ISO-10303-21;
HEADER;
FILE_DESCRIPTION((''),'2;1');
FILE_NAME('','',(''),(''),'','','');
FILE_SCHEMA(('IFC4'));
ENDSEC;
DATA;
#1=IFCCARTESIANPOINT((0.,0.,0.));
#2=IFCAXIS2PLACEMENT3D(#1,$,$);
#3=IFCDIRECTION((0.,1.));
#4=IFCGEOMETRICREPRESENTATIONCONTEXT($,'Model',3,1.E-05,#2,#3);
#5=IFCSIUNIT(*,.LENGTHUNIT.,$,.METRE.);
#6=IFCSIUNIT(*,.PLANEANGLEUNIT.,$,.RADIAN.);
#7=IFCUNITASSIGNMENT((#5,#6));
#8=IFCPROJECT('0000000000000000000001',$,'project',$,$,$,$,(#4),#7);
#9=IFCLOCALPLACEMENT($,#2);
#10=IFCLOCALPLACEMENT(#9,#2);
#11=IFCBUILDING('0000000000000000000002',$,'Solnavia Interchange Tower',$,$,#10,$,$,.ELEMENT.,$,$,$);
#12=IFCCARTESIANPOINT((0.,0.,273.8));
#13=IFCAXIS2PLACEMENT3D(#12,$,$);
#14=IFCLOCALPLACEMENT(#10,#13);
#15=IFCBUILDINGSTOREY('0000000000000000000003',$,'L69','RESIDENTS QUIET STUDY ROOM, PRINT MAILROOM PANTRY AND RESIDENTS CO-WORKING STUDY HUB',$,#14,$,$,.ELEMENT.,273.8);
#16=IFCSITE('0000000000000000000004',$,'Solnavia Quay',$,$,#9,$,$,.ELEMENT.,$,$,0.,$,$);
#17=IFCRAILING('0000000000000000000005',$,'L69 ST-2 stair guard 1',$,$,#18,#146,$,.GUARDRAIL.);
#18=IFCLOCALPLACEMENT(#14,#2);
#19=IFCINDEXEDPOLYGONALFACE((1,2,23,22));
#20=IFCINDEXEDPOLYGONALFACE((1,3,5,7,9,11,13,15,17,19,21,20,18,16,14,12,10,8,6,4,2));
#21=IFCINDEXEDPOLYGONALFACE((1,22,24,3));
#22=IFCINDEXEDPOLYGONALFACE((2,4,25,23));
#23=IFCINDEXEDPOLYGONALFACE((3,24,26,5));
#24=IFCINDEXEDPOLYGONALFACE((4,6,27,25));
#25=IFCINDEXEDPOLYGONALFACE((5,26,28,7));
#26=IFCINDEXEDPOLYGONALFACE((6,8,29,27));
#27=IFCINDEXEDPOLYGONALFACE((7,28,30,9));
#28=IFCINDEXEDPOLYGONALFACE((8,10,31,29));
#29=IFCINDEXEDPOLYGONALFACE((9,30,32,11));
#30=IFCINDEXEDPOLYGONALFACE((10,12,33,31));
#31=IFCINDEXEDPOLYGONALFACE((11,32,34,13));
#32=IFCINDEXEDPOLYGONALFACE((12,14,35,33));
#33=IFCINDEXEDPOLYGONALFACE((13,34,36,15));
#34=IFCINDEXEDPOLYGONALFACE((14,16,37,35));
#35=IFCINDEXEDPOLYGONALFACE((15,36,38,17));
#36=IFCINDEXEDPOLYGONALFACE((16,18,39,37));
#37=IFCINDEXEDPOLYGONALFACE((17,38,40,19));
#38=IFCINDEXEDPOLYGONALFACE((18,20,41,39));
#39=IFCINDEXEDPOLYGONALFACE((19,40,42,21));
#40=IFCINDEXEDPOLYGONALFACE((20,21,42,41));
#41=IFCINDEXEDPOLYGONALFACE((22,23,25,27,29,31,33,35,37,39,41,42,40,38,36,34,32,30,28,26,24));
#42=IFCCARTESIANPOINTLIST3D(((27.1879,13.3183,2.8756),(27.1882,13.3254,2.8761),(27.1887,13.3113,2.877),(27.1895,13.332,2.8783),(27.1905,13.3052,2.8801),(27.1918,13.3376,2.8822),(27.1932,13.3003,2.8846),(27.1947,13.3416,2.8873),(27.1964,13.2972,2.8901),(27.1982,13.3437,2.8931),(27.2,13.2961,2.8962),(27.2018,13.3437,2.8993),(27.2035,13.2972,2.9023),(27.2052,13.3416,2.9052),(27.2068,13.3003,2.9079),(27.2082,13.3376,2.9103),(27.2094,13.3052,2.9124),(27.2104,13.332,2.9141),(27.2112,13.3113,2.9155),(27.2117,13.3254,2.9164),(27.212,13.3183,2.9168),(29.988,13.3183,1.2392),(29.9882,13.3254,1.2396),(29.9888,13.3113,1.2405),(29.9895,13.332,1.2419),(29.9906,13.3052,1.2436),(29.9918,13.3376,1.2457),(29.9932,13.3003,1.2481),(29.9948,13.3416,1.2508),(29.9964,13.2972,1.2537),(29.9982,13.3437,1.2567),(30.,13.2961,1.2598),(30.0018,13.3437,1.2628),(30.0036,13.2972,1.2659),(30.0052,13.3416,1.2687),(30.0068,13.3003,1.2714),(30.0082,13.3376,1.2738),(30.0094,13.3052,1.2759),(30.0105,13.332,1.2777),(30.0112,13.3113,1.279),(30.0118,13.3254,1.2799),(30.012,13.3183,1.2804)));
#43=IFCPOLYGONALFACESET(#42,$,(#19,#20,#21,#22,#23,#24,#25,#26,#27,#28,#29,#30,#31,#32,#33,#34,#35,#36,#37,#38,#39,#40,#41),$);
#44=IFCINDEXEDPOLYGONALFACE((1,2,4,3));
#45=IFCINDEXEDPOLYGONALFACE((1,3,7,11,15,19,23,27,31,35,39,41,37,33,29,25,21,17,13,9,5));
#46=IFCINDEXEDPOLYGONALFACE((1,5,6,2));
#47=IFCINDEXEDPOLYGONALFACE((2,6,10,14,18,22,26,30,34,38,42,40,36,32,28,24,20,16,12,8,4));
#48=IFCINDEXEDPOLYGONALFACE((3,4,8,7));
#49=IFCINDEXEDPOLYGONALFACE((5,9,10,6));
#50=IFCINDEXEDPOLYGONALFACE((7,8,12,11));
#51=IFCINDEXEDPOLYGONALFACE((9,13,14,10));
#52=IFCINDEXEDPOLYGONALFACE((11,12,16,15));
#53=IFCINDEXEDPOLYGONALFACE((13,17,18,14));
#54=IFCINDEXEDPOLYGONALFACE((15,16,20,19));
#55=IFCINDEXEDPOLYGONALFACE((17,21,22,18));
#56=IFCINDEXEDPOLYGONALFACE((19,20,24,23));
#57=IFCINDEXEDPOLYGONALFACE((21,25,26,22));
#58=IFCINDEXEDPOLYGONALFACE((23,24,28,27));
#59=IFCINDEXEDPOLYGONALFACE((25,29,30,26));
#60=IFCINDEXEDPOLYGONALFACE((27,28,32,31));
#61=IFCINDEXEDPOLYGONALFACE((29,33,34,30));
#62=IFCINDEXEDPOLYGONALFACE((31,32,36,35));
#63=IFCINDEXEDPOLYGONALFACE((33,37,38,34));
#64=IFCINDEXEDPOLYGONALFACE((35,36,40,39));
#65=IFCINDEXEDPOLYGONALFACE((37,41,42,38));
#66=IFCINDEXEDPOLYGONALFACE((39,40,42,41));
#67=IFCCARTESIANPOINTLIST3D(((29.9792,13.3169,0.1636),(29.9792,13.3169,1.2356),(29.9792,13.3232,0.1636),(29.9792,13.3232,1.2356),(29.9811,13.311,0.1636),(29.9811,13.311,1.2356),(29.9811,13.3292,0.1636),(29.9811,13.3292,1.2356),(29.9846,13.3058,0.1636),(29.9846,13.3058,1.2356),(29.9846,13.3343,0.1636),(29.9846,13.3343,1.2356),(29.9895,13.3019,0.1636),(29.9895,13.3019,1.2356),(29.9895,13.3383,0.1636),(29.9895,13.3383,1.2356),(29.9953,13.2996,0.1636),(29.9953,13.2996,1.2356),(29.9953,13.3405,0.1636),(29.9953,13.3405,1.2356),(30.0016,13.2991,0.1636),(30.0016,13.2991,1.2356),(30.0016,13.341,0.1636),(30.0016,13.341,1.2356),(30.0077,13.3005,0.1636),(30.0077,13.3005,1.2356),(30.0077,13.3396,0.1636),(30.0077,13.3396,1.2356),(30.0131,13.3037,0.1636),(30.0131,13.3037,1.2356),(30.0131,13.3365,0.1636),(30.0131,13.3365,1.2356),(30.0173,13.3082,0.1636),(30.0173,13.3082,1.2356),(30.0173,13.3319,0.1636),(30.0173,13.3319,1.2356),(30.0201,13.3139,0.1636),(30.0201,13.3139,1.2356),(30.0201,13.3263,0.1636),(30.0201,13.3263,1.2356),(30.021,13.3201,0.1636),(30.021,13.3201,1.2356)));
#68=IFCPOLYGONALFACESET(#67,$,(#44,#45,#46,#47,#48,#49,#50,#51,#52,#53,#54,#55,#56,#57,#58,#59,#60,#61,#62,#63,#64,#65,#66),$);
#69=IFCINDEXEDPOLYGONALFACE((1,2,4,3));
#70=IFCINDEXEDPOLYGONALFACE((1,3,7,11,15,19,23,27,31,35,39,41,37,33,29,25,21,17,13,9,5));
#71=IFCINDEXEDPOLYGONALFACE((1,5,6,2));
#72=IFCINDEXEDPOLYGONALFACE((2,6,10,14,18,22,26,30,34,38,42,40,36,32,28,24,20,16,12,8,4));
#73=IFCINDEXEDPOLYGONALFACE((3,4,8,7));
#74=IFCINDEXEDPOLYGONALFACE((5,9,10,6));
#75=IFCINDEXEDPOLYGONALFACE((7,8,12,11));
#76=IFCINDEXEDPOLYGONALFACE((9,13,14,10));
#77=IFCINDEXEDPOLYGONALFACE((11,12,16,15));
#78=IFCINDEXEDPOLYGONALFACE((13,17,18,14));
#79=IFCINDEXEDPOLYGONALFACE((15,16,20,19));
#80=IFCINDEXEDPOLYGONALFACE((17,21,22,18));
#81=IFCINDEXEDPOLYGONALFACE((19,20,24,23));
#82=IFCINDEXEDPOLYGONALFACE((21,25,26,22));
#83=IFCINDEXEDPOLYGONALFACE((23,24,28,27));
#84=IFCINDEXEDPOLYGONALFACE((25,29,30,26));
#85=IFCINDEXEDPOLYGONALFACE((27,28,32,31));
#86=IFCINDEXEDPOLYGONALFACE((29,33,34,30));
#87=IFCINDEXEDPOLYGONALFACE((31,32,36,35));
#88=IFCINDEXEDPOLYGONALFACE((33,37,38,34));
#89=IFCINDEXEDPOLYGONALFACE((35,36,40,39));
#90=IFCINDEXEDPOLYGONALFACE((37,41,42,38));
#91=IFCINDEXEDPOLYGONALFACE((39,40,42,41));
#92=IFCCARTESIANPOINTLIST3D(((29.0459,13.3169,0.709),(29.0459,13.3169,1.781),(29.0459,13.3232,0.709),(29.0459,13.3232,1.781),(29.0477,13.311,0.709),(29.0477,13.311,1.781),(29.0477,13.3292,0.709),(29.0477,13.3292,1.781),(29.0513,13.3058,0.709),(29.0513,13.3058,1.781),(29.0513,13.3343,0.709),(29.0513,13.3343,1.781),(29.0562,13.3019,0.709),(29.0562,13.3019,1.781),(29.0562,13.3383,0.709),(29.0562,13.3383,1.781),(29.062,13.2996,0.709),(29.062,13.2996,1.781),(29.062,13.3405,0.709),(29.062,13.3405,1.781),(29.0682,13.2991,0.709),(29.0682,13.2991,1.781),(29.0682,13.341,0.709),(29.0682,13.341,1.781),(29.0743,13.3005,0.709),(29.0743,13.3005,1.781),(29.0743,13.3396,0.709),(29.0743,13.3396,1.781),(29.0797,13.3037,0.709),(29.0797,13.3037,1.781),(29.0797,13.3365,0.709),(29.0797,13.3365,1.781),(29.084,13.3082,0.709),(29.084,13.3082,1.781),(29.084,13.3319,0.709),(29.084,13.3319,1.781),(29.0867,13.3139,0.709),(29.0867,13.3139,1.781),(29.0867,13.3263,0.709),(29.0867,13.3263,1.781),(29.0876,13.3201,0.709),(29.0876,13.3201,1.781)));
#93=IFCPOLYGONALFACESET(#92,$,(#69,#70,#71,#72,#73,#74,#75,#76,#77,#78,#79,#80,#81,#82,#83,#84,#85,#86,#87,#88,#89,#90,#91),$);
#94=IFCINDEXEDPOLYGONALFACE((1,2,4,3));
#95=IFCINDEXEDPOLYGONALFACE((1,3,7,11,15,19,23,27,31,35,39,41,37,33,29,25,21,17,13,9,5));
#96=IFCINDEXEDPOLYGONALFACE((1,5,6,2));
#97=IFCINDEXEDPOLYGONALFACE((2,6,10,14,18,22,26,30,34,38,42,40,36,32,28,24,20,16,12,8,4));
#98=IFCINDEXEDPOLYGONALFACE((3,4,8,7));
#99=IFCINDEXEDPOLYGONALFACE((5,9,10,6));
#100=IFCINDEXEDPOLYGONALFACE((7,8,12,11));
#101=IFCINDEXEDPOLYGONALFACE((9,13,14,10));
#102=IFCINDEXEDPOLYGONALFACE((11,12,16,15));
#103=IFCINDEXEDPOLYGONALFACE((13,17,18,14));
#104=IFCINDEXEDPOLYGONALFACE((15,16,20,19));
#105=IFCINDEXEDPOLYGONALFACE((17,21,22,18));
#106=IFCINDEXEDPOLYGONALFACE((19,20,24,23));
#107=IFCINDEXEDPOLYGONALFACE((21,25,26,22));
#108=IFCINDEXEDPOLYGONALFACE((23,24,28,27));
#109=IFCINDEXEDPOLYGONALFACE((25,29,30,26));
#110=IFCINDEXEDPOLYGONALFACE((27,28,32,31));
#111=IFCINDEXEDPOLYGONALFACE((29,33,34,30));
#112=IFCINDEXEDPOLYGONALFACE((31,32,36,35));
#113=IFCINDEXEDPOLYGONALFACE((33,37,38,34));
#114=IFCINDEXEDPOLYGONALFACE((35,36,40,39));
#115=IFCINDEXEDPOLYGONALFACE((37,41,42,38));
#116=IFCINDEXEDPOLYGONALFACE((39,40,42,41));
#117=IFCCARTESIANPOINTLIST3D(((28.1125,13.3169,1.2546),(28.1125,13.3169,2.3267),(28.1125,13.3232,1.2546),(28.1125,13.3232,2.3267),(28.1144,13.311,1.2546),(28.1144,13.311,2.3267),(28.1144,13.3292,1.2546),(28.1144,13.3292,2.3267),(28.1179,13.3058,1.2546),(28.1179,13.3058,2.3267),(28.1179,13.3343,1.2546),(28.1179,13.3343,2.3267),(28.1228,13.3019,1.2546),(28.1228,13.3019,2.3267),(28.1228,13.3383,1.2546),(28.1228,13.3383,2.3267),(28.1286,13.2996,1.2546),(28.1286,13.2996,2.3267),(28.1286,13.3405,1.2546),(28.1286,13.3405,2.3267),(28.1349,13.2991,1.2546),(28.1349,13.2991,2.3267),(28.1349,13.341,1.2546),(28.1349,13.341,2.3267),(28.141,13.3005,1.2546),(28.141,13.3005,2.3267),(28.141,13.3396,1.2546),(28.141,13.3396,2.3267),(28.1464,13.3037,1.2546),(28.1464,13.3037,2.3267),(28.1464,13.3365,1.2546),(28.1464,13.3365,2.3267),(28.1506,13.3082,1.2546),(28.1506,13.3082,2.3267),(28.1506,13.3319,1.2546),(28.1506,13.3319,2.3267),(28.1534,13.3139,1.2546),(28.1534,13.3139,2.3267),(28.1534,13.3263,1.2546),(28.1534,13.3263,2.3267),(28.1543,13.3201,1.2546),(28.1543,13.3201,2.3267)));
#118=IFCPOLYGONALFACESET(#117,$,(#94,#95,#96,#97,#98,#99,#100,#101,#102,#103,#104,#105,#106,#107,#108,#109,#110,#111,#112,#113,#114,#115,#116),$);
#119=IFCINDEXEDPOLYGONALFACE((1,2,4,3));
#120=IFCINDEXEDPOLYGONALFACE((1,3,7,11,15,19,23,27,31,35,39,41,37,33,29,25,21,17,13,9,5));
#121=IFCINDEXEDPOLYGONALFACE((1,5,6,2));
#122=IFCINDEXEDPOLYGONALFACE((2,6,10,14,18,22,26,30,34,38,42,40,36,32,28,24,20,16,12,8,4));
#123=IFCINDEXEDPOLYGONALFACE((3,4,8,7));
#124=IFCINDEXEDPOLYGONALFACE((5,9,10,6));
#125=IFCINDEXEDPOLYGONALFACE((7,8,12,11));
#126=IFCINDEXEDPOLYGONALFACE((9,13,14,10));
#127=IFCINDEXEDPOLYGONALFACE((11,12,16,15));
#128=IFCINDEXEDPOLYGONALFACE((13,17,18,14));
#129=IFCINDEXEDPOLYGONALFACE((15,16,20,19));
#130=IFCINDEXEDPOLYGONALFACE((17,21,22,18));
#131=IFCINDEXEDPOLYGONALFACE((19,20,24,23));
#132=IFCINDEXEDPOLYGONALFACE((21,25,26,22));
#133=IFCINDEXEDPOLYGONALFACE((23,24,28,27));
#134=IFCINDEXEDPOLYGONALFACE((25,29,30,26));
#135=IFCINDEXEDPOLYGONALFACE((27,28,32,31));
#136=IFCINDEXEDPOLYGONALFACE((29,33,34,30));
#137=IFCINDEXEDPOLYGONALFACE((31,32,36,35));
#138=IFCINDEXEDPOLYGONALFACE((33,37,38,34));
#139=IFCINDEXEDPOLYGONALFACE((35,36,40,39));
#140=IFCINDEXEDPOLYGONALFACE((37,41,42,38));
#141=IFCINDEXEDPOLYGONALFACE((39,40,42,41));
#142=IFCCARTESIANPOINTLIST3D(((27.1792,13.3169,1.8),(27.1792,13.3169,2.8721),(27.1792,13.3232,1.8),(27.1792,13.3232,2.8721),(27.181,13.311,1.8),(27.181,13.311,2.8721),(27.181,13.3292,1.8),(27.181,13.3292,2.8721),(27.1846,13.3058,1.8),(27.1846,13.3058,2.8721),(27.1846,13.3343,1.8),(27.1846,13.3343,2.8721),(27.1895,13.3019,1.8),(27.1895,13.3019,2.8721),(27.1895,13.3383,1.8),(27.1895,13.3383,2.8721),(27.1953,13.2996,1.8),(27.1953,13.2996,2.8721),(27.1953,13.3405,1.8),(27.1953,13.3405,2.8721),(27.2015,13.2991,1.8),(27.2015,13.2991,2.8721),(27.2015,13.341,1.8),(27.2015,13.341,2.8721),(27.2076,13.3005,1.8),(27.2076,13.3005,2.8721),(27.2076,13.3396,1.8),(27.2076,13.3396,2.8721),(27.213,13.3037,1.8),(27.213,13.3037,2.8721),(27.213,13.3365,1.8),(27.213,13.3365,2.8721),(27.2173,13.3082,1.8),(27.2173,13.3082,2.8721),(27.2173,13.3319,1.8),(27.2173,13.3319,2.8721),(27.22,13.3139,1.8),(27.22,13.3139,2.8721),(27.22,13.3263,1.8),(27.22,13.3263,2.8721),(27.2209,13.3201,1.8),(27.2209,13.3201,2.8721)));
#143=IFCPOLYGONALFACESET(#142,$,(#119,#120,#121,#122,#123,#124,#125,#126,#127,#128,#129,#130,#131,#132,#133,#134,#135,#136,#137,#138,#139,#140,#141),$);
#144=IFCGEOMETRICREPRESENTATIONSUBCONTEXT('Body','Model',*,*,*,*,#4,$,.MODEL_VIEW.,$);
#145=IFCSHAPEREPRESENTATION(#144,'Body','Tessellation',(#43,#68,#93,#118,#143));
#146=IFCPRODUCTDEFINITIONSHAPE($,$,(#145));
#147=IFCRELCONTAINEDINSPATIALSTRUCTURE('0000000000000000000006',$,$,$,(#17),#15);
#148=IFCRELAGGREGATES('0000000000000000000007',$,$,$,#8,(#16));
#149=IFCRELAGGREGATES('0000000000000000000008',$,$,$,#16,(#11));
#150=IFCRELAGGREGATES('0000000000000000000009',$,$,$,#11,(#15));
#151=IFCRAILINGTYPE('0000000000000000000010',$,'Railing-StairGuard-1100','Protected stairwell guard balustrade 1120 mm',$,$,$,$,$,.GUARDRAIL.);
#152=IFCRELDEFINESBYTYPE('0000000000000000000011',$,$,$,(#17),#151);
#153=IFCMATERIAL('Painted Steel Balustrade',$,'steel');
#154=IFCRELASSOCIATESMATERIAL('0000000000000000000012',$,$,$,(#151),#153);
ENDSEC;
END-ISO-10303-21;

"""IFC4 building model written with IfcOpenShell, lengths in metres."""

from ifc_helpers import new_model, si_unit, direction, frame, origin, origin_2d, place, context, subcontext, project, spatial, circle, extrude, material, type_object, element, save


model = new_model("IFC4")

# Units and contexts
model_context = context("Model", 3, precision=1e-05, world=origin(), true_north=direction((0.0, 1.0)))
body_context = subcontext(model_context, "Body", "Model", "MODEL_VIEW")
ifc_project = project(units=[si_unit("LENGTHUNIT", "METRE"), si_unit("PLANEANGLEUNIT", "RADIAN")], contexts=[model_context])

# Site, building, storey
site_placement = place(None, origin())
site = spatial("IfcSite", under=ifc_project, at=site_placement, Name="Solnavia Quay", CompositionType="ELEMENT", RefElevation=0.0)
building_placement = place(site_placement, origin())
building = spatial("IfcBuilding", under=site, at=building_placement, Name="Solnavia Interchange Tower", CompositionType="ELEMENT")
storey_placement = place(building_placement, frame((0.0, 0.0, 273.8)))
storey = spatial("IfcBuildingStorey", under=building, at=storey_placement, Name="L69", Description="RESIDENTS QUIET STUDY ROOM, PRINT MAILROOM PANTRY AND RESIDENTS CO-WORKING STUDY HUB", CompositionType="ELEMENT", Elevation=273.8)

# Railing
ifc_material_1 = material(Name="Painted Steel Balustrade", Category="steel")
railing_type_1 = type_object("IfcRailingType", Name="Railing-StairGuard-1100", Description="Protected stairwell guard balustrade 1120 mm", PredefinedType="GUARDRAIL", material=ifc_material_1)
railing_1_placement = place(storey_placement, frame((30.0, 13.3201, 0.1636)))
element("IfcRailing", 1, at=railing_1_placement, inside=storey, type_object=railing_type_1, Name="L69 ST-2 stair guard 1", PredefinedType="GUARDRAIL", context=body_context, shape_type="SweptSolid", body=[
    extrude(circle(Radius=0.0239, at=origin_2d()), frame((0.0, 0.0, 1.0962), z_axis=(-0.863361, 0.0, 0.504587), x_axis=(0.0, -1.0, 0.0)), (0.0, 0.0, 1.0), 3.2432),
    extrude(circle(Radius=0.021, at=origin_2d()), origin(), (0.0, 0.0, 1.0), 1.072),
    extrude(circle(Radius=0.021, at=origin_2d()), frame((-0.9333, 0.0, 0.5454)), (0.0, 0.0, 1.0), 1.072),
    extrude(circle(Radius=0.021, at=origin_2d()), frame((-1.8667, 0.0, 1.0911)), (0.0, 0.0, 1.0), 1.072),
    extrude(circle(Radius=0.021, at=origin_2d()), frame((-2.8, 0.0, 1.6365)), (0.0, 0.0, 1.0), 1.072),
])

save(model, "model.ifc")
